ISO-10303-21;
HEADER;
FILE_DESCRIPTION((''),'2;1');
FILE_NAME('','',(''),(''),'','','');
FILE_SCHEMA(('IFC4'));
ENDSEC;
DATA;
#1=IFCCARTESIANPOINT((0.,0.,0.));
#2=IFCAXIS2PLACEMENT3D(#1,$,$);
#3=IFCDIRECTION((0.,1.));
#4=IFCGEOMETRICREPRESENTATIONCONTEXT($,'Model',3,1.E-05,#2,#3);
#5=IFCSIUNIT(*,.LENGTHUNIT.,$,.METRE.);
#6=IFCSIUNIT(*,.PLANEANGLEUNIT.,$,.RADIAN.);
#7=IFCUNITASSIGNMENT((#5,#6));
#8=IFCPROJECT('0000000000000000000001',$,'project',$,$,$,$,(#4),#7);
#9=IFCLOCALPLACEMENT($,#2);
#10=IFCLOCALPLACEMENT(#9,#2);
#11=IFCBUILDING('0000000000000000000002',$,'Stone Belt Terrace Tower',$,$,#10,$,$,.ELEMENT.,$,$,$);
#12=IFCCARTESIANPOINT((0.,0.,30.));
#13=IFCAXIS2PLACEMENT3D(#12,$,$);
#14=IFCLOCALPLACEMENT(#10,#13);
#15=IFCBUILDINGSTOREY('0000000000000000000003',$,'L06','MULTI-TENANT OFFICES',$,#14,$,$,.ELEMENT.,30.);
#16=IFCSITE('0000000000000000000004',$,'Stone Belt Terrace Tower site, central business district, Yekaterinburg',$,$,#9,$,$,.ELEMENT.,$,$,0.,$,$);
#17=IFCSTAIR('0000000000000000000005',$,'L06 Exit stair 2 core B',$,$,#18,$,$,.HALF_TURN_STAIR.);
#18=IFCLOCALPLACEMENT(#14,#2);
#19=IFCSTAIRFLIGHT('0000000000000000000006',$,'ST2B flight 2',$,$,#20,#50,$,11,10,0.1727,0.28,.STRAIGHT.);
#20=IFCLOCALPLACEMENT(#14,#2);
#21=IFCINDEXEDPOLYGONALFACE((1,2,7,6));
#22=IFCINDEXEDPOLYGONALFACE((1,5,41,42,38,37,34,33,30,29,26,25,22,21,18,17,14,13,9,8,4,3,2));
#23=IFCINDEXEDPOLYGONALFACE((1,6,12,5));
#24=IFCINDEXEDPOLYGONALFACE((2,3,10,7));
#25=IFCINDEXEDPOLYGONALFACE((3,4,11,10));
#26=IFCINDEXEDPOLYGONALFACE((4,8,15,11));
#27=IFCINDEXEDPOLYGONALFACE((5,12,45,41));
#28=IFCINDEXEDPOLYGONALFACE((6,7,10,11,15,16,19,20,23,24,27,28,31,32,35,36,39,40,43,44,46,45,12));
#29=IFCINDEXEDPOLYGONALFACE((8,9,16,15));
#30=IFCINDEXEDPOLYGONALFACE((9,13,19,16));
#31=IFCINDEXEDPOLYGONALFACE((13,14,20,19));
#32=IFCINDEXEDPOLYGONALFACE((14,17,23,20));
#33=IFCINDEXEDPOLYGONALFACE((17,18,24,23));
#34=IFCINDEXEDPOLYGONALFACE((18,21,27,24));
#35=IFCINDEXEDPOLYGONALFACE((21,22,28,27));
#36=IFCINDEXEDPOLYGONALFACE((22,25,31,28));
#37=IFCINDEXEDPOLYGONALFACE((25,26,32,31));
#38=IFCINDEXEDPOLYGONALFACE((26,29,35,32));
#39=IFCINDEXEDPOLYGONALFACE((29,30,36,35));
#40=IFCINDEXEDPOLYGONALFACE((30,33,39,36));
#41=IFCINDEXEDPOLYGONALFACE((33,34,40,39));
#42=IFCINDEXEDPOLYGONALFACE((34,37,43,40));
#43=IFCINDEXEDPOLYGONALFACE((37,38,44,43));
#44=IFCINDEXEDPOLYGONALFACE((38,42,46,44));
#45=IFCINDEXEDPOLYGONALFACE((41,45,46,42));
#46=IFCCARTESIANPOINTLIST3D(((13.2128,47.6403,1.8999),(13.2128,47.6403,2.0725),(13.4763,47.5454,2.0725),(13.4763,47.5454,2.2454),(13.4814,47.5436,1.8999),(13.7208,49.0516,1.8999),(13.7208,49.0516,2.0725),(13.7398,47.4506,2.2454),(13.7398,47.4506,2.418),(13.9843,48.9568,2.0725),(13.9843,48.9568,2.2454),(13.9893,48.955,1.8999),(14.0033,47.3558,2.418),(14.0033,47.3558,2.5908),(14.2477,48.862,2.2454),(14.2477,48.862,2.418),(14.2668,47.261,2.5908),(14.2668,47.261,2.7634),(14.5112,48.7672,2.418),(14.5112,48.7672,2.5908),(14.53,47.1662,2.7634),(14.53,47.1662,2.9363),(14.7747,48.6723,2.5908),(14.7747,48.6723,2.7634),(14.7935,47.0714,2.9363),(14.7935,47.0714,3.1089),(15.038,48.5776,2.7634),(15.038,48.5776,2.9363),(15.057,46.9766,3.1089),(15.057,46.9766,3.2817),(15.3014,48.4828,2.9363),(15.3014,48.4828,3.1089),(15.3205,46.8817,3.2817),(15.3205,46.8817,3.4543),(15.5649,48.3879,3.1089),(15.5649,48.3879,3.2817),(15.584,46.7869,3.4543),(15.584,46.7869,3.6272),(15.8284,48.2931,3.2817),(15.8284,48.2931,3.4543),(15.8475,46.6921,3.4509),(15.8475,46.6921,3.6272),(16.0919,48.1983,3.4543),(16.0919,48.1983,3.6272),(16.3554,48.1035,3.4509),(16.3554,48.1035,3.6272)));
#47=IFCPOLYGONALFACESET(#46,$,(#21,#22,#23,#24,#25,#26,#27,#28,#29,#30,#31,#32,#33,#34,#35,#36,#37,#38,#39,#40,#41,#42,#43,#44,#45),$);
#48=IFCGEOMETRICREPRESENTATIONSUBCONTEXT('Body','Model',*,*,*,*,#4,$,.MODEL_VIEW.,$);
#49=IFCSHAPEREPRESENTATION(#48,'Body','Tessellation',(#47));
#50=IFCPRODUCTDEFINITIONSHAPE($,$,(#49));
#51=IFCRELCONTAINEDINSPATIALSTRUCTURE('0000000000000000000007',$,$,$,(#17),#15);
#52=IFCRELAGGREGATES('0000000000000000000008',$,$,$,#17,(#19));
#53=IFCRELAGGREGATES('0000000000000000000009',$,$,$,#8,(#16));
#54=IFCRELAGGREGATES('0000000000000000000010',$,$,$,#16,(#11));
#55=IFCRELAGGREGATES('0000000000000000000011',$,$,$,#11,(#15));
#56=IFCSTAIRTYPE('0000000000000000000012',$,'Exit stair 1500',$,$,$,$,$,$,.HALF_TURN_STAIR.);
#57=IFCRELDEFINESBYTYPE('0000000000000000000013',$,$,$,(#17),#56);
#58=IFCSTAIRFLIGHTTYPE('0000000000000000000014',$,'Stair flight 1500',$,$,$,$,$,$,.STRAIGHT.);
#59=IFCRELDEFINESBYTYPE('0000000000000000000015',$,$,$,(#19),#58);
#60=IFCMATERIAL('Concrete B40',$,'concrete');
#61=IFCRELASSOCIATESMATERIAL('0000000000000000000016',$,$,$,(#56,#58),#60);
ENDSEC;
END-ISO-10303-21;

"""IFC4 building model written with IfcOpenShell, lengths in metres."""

from ifc_helpers import new_model, si_unit, direction, frame, origin, place, context, subcontext, project, spatial, polyline, outline, extrude, material, type_object, element, aggregate, save


model = new_model("IFC4")

# Units and contexts
model_context = context("Model", 3, precision=1e-05, world=origin(), true_north=direction((0.0, 1.0)))
body_context = subcontext(model_context, "Body", "Model", "MODEL_VIEW")
ifc_project = project(units=[si_unit("LENGTHUNIT", "METRE"), si_unit("PLANEANGLEUNIT", "RADIAN")], contexts=[model_context])

# Site, building, storey
site_placement = place(None, origin())
site = spatial("IfcSite", under=ifc_project, at=site_placement, Name="Stone Belt Terrace Tower site, central business district, Yekaterinburg", CompositionType="ELEMENT", RefElevation=0.0)
building_placement = place(site_placement, origin())
building = spatial("IfcBuilding", under=site, at=building_placement, Name="Stone Belt Terrace Tower", CompositionType="ELEMENT")
storey_placement = place(building_placement, frame((0.0, 0.0, 30.0)))
storey = spatial("IfcBuildingStorey", under=building, at=storey_placement, Name="L06", Description="MULTI-TENANT OFFICES", CompositionType="ELEMENT", Elevation=30.0)

# Stair, stair flight
ifc_material_1 = material(Name="Concrete B40", Category="concrete")
stair_type = type_object("IfcStairType", Name="Exit stair 1500", PredefinedType="HALF_TURN_STAIR", material=ifc_material_1)
stair_placement = place(storey_placement, origin())
stair = element("IfcStair", 1, at=stair_placement, inside=storey, type_object=stair_type, Name="L06 Exit stair 2 core B", PredefinedType="HALF_TURN_STAIR")
stair_flight_type = type_object("IfcStairFlightType", Name="Stair flight 1500", PredefinedType="STRAIGHT", material=ifc_material_1)
stair_flight_1_placement = place(storey_placement, frame((13.4668, 48.3459, 1.8999), z_axis=(0.0, 0.0, 1.0), x_axis=(0.940922, -0.338624, 0.0)))
stair_flight_1 = element("IfcStairFlight", 2, at=stair_flight_1_placement, type_object=stair_flight_type, Name="ST2B flight 2", NumberOfRisers=11, NumberOfTreads=10, PredefinedType="STRAIGHT", RiserHeight=0.1727, TreadLength=0.28, context=body_context, shape_type="SweptSolid", body=[
    extrude(outline(polyline([(0.0, 0.0), (0.0, 0.1726), (0.28, 0.1726), (0.28, 0.3455), (0.5601, 0.3455), (0.5601, 0.5181), (0.8401, 0.5181), (0.8401, 0.6909), (1.1201, 0.6909), (1.1201, 0.8635), (1.3999, 0.8635), (1.3999, 1.0364), (1.6799, 1.0364), (1.6799, 1.209), (1.96, 1.209), (1.96, 1.3818), (2.24, 1.3818), (2.24, 1.5544), (2.52, 1.5544), (2.52, 1.7273), (2.8, 1.7273), (2.8, 1.8999), (2.8, 1.551), (0.2854, 0.0), (0.0, 0.0)])), frame((0.0, 0.75, 0.0), z_axis=(0.0, -1.0, 0.0), x_axis=(1.0, 0.0, 0.0)), (0.0, 0.0, 1.0), 1.5),
])
aggregate(stair, [stair_flight_1])

save(model, "model.ifc")
